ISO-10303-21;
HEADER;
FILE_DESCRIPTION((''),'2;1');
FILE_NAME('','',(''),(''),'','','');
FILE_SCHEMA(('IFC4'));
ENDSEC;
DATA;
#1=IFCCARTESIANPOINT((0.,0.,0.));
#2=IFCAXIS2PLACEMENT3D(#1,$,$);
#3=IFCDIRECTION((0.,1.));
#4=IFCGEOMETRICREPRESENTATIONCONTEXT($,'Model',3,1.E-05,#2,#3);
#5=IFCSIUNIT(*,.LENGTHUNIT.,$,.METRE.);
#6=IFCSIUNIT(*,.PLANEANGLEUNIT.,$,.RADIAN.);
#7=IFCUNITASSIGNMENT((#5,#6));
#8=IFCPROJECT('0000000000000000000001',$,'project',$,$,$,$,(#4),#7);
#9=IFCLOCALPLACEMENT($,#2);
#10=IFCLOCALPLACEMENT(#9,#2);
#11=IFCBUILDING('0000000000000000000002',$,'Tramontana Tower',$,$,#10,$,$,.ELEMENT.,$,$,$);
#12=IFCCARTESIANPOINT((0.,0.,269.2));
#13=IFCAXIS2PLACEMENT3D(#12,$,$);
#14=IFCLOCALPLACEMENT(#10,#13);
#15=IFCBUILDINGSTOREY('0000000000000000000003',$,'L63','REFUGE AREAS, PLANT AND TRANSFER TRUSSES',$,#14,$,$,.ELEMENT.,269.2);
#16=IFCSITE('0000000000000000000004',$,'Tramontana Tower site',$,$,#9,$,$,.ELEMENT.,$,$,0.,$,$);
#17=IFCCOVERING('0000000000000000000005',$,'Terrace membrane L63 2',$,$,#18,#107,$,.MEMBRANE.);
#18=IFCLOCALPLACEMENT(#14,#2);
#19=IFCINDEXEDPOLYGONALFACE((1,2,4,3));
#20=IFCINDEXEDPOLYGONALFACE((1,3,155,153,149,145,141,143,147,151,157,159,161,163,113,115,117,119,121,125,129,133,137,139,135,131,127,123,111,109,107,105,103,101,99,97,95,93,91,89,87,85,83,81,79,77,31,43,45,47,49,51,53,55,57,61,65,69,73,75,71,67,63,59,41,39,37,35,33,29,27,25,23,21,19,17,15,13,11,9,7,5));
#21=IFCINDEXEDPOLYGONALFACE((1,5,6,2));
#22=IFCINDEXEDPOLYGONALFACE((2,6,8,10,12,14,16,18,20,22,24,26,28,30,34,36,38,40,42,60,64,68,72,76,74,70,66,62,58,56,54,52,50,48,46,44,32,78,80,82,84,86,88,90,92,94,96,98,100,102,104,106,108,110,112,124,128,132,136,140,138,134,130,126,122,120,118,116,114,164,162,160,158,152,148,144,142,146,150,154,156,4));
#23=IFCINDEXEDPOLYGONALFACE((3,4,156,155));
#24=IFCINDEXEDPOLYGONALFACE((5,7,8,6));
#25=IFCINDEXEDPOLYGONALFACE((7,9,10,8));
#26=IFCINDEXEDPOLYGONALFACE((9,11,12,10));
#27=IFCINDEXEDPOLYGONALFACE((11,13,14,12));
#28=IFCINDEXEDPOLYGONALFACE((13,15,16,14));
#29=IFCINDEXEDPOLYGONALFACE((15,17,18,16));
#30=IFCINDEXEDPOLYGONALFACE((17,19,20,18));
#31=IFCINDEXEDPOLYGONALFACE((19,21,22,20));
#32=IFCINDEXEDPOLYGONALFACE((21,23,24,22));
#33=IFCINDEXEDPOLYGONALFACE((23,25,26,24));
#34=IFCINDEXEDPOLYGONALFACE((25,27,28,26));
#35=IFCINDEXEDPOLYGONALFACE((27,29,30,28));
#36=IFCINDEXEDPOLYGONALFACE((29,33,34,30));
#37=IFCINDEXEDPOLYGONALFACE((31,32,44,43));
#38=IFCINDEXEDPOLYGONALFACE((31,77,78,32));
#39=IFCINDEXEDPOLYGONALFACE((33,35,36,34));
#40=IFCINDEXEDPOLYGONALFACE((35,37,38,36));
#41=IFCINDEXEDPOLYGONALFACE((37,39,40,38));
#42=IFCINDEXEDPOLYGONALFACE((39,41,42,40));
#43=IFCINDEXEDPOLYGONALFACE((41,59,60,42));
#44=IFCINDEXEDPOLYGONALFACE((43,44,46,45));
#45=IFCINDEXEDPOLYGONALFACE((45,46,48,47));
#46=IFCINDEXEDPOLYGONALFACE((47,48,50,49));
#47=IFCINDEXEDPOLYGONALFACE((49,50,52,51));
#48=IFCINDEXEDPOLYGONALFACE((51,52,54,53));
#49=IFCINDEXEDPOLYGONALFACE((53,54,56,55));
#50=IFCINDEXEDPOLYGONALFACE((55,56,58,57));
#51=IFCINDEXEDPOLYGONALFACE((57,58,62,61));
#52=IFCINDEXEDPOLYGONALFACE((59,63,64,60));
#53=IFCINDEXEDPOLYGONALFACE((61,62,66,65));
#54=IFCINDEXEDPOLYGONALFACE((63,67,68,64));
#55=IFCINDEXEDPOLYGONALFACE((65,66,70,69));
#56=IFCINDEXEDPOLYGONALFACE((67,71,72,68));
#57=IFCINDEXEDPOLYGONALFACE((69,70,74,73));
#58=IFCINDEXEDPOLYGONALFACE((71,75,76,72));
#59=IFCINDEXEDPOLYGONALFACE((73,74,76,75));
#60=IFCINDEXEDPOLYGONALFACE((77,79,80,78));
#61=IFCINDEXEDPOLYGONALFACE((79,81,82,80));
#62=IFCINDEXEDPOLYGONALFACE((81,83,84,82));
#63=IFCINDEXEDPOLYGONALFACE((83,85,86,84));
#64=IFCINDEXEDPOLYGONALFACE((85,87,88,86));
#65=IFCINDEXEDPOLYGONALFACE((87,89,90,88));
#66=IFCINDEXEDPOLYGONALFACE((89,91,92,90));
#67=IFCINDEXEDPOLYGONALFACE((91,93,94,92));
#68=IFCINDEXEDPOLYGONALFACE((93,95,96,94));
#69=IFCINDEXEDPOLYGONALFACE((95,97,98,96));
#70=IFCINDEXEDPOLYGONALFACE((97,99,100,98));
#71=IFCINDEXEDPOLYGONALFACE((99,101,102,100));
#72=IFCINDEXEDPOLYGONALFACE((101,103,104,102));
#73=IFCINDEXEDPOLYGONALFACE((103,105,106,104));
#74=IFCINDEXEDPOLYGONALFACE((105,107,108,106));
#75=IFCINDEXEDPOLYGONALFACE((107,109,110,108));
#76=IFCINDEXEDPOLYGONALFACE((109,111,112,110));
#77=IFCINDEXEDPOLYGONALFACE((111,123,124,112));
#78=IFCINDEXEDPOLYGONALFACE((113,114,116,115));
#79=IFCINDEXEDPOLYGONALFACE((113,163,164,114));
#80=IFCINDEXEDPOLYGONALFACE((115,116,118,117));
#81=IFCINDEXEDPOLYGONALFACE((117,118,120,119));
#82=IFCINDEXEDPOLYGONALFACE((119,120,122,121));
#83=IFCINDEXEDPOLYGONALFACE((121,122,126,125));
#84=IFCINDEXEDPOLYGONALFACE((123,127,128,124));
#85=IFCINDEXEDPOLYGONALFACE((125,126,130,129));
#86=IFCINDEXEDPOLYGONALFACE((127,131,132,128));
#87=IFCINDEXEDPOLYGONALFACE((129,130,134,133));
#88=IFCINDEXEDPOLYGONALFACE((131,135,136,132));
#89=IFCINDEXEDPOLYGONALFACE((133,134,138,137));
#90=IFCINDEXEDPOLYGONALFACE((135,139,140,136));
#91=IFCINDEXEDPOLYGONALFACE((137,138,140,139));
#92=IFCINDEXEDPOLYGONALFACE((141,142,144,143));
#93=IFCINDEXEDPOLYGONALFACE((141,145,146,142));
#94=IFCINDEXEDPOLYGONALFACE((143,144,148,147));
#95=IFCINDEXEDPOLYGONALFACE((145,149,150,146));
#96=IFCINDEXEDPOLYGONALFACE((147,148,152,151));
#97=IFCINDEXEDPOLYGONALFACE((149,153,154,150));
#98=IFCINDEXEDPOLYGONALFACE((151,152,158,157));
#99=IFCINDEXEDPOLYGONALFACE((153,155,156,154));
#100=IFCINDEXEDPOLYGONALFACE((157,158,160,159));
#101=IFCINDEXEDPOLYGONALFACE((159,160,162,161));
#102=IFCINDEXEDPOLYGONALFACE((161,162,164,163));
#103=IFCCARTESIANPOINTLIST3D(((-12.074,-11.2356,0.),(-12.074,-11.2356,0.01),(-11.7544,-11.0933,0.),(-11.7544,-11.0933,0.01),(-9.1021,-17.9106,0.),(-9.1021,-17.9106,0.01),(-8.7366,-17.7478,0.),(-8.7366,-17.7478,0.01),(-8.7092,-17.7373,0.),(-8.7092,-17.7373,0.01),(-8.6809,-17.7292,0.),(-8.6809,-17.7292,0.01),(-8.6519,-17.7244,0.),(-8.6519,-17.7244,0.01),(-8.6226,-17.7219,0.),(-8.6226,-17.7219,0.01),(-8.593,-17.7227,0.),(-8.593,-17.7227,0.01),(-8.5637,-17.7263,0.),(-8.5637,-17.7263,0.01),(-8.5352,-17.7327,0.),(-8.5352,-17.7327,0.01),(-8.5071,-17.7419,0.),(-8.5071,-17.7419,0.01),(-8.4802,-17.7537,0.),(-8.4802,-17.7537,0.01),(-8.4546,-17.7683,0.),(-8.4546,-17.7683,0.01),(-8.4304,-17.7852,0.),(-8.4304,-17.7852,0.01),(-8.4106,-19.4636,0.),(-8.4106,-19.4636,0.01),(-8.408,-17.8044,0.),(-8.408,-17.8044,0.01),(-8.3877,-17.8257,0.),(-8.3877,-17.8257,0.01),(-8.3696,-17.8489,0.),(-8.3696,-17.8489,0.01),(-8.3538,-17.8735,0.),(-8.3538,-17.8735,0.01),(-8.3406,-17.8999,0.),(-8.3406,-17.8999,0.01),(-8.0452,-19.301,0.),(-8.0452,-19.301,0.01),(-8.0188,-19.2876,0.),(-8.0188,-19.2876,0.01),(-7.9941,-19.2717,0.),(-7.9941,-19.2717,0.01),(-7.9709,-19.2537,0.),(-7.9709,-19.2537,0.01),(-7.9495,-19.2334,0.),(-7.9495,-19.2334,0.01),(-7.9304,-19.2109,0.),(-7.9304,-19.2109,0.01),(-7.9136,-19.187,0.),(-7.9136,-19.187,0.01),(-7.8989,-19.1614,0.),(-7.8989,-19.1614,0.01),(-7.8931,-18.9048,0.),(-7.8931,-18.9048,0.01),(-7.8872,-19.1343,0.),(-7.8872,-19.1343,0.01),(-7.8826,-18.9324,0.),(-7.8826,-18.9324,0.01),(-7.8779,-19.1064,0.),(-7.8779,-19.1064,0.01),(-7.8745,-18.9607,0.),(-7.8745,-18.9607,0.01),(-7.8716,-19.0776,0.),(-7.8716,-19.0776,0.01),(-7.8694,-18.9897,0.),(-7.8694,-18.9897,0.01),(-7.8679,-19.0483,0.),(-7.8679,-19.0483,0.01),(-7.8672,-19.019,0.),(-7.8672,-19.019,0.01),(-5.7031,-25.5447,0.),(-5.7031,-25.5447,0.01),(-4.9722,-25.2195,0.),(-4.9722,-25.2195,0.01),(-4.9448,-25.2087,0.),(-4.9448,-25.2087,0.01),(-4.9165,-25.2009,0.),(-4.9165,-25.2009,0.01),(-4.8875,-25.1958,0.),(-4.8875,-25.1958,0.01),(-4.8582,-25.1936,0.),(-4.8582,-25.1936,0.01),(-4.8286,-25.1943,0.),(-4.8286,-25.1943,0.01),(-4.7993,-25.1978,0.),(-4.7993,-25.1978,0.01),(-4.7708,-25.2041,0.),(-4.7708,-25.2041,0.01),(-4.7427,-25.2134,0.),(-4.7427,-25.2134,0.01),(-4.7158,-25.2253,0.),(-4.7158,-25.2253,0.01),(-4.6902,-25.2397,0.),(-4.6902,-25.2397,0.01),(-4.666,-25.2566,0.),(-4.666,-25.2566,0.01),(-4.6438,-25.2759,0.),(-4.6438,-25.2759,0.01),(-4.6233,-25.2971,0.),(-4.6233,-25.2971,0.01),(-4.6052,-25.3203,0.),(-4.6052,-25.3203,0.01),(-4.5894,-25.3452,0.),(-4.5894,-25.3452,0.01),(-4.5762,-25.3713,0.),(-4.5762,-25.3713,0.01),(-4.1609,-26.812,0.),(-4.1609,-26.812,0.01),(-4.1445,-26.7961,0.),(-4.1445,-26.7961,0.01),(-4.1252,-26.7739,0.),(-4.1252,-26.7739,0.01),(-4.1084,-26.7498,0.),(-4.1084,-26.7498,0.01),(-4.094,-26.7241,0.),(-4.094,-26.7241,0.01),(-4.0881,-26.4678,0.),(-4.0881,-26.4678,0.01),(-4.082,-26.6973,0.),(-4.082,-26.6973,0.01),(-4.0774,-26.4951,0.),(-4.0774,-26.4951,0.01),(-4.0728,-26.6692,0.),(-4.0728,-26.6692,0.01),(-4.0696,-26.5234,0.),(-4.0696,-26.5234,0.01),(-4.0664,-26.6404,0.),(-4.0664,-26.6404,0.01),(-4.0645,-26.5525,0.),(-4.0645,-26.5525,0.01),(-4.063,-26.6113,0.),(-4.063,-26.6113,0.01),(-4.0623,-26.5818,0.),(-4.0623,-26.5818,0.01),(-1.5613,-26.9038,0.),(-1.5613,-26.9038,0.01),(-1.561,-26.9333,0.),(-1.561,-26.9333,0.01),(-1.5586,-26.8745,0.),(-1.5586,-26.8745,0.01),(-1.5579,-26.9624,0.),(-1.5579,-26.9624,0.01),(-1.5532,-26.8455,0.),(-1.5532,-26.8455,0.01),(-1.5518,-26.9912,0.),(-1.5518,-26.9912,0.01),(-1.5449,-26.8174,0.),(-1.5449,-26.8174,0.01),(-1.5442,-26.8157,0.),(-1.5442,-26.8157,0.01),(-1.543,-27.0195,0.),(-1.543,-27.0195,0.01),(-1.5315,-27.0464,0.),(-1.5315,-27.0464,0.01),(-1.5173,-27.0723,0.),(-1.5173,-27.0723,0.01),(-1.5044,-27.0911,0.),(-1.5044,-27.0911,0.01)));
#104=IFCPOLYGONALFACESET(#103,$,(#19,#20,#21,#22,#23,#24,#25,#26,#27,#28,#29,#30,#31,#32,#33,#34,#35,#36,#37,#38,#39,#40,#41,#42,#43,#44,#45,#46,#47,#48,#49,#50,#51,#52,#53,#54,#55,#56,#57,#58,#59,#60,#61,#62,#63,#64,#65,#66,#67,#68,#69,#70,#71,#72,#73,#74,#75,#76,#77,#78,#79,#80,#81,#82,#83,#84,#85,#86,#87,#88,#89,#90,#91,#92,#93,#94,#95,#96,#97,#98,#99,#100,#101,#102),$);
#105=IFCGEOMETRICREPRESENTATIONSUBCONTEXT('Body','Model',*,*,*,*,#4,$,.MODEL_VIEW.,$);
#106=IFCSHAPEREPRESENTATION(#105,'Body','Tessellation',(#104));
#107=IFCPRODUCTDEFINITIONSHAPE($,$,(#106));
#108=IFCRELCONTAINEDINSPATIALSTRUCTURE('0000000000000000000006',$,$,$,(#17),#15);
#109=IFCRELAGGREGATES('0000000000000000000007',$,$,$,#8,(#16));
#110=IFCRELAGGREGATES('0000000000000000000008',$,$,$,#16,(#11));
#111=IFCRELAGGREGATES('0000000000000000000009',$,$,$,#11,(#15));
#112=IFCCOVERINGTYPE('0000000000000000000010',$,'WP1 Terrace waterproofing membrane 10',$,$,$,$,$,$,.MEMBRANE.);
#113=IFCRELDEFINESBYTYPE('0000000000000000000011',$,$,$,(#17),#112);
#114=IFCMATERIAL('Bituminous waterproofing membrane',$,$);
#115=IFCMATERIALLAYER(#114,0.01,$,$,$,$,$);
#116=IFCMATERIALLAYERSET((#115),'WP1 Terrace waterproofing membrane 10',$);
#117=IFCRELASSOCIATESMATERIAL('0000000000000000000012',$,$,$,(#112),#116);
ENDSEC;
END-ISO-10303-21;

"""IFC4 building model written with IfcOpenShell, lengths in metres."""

from ifc_helpers import new_model, si_unit, direction, frame, origin, place, context, subcontext, project, spatial, polyline, outline, extrude, material, layer, layer_set, type_object, element, save


model = new_model("IFC4")

# Units and contexts
model_context = context("Model", 3, precision=1e-05, world=origin(), true_north=direction((0.0, 1.0)))
body_context = subcontext(model_context, "Body", "Model", "MODEL_VIEW")
ifc_project = project(units=[si_unit("LENGTHUNIT", "METRE"), si_unit("PLANEANGLEUNIT", "RADIAN")], contexts=[model_context])

# Site, building, storey
site_placement = place(None, origin())
site = spatial("IfcSite", under=ifc_project, at=site_placement, Name="Tramontana Tower site", CompositionType="ELEMENT", RefElevation=0.0)
building_placement = place(site_placement, origin())
building = spatial("IfcBuilding", under=site, at=building_placement, Name="Tramontana Tower", CompositionType="ELEMENT")
storey_placement = place(building_placement, frame((0.0, 0.0, 269.2)))
storey = spatial("IfcBuildingStorey", under=building, at=storey_placement, Name="L63", Description="REFUGE AREAS, PLANT AND TRANSFER TRUSSES", CompositionType="ELEMENT", Elevation=269.2)

# Covering
ifc_material_1 = material(Name="Bituminous waterproofing membrane")
ifc_layer_1 = layer(ifc_material_1, 0.01)
ifc_layer_set_1 = layer_set([ifc_layer_1], Name="WP1 Terrace waterproofing membrane 10")
covering_type_1 = type_object("IfcCoveringType", Name="WP1 Terrace waterproofing membrane 10", PredefinedType="MEMBRANE", material=ifc_layer_set_1)
covering_1_placement = place(storey_placement, origin())
element("IfcCovering", 1, at=covering_1_placement, inside=storey, type_object=covering_type_1, Name="Terrace membrane L63 2", PredefinedType="MEMBRANE", context=body_context, shape_type="SweptSolid", body=[
    extrude(outline(polyline([(-4.1609, -26.812), (-4.1445, -26.7961), (-4.1252, -26.7739), (-4.1084, -26.7498), (-4.094, -26.7241), (-4.082, -26.6973), (-4.0728, -26.6692), (-4.0664, -26.6404), (-4.063, -26.6113), (-4.0623, -26.5818), (-4.0645, -26.5525), (-4.0696, -26.5234), (-4.0774, -26.4951), (-4.0881, -26.4678), (-4.5762, -25.3713), (-4.5894, -25.3452), (-4.6052, -25.3203), (-4.6233, -25.2971), (-4.6438, -25.2759), (-4.666, -25.2566), (-4.6902, -25.2397), (-4.7158, -25.2253), (-4.7427, -25.2134), (-4.7708, -25.2041), (-4.7993, -25.1978), (-4.8286, -25.1943), (-4.8582, -25.1936), (-4.8875, -25.1958), (-4.9165, -25.2009), (-4.9448, -25.2087), (-4.9722, -25.2195), (-5.7031, -25.5447), (-8.4106, -19.4636), (-8.0452, -19.301), (-8.0188, -19.2876), (-7.9941, -19.2717), (-7.9709, -19.2537), (-7.9495, -19.2334), (-7.9304, -19.2109), (-7.9136, -19.187), (-7.8989, -19.1614), (-7.8872, -19.1343), (-7.8779, -19.1064), (-7.8716, -19.0776), (-7.8679, -19.0483), (-7.8672, -19.019), (-7.8694, -18.9897), (-7.8745, -18.9607), (-7.8826, -18.9324), (-7.8931, -18.9048), (-8.3406, -17.8999), (-8.3538, -17.8735), (-8.3696, -17.8489), (-8.3877, -17.8257), (-8.408, -17.8044), (-8.4304, -17.7852), (-8.4546, -17.7683), (-8.4802, -17.7537), (-8.5071, -17.7419), (-8.5352, -17.7327), (-8.5637, -17.7263), (-8.593, -17.7227), (-8.6226, -17.7219), (-8.6519, -17.7244), (-8.6809, -17.7292), (-8.7092, -17.7373), (-8.7366, -17.7478), (-9.1021, -17.9106), (-12.074, -11.2356), (-11.7544, -11.0933), (-1.5442, -26.8157), (-1.5449, -26.8174), (-1.5532, -26.8455), (-1.5586, -26.8745), (-1.5613, -26.9038), (-1.561, -26.9333), (-1.5579, -26.9624), (-1.5518, -26.9912), (-1.543, -27.0195), (-1.5315, -27.0464), (-1.5173, -27.0723), (-1.5044, -27.0911), (-4.1609, -26.812)])), origin(), (0.0, 0.0, 1.0), 0.01),
])

save(model, "model.ifc")
